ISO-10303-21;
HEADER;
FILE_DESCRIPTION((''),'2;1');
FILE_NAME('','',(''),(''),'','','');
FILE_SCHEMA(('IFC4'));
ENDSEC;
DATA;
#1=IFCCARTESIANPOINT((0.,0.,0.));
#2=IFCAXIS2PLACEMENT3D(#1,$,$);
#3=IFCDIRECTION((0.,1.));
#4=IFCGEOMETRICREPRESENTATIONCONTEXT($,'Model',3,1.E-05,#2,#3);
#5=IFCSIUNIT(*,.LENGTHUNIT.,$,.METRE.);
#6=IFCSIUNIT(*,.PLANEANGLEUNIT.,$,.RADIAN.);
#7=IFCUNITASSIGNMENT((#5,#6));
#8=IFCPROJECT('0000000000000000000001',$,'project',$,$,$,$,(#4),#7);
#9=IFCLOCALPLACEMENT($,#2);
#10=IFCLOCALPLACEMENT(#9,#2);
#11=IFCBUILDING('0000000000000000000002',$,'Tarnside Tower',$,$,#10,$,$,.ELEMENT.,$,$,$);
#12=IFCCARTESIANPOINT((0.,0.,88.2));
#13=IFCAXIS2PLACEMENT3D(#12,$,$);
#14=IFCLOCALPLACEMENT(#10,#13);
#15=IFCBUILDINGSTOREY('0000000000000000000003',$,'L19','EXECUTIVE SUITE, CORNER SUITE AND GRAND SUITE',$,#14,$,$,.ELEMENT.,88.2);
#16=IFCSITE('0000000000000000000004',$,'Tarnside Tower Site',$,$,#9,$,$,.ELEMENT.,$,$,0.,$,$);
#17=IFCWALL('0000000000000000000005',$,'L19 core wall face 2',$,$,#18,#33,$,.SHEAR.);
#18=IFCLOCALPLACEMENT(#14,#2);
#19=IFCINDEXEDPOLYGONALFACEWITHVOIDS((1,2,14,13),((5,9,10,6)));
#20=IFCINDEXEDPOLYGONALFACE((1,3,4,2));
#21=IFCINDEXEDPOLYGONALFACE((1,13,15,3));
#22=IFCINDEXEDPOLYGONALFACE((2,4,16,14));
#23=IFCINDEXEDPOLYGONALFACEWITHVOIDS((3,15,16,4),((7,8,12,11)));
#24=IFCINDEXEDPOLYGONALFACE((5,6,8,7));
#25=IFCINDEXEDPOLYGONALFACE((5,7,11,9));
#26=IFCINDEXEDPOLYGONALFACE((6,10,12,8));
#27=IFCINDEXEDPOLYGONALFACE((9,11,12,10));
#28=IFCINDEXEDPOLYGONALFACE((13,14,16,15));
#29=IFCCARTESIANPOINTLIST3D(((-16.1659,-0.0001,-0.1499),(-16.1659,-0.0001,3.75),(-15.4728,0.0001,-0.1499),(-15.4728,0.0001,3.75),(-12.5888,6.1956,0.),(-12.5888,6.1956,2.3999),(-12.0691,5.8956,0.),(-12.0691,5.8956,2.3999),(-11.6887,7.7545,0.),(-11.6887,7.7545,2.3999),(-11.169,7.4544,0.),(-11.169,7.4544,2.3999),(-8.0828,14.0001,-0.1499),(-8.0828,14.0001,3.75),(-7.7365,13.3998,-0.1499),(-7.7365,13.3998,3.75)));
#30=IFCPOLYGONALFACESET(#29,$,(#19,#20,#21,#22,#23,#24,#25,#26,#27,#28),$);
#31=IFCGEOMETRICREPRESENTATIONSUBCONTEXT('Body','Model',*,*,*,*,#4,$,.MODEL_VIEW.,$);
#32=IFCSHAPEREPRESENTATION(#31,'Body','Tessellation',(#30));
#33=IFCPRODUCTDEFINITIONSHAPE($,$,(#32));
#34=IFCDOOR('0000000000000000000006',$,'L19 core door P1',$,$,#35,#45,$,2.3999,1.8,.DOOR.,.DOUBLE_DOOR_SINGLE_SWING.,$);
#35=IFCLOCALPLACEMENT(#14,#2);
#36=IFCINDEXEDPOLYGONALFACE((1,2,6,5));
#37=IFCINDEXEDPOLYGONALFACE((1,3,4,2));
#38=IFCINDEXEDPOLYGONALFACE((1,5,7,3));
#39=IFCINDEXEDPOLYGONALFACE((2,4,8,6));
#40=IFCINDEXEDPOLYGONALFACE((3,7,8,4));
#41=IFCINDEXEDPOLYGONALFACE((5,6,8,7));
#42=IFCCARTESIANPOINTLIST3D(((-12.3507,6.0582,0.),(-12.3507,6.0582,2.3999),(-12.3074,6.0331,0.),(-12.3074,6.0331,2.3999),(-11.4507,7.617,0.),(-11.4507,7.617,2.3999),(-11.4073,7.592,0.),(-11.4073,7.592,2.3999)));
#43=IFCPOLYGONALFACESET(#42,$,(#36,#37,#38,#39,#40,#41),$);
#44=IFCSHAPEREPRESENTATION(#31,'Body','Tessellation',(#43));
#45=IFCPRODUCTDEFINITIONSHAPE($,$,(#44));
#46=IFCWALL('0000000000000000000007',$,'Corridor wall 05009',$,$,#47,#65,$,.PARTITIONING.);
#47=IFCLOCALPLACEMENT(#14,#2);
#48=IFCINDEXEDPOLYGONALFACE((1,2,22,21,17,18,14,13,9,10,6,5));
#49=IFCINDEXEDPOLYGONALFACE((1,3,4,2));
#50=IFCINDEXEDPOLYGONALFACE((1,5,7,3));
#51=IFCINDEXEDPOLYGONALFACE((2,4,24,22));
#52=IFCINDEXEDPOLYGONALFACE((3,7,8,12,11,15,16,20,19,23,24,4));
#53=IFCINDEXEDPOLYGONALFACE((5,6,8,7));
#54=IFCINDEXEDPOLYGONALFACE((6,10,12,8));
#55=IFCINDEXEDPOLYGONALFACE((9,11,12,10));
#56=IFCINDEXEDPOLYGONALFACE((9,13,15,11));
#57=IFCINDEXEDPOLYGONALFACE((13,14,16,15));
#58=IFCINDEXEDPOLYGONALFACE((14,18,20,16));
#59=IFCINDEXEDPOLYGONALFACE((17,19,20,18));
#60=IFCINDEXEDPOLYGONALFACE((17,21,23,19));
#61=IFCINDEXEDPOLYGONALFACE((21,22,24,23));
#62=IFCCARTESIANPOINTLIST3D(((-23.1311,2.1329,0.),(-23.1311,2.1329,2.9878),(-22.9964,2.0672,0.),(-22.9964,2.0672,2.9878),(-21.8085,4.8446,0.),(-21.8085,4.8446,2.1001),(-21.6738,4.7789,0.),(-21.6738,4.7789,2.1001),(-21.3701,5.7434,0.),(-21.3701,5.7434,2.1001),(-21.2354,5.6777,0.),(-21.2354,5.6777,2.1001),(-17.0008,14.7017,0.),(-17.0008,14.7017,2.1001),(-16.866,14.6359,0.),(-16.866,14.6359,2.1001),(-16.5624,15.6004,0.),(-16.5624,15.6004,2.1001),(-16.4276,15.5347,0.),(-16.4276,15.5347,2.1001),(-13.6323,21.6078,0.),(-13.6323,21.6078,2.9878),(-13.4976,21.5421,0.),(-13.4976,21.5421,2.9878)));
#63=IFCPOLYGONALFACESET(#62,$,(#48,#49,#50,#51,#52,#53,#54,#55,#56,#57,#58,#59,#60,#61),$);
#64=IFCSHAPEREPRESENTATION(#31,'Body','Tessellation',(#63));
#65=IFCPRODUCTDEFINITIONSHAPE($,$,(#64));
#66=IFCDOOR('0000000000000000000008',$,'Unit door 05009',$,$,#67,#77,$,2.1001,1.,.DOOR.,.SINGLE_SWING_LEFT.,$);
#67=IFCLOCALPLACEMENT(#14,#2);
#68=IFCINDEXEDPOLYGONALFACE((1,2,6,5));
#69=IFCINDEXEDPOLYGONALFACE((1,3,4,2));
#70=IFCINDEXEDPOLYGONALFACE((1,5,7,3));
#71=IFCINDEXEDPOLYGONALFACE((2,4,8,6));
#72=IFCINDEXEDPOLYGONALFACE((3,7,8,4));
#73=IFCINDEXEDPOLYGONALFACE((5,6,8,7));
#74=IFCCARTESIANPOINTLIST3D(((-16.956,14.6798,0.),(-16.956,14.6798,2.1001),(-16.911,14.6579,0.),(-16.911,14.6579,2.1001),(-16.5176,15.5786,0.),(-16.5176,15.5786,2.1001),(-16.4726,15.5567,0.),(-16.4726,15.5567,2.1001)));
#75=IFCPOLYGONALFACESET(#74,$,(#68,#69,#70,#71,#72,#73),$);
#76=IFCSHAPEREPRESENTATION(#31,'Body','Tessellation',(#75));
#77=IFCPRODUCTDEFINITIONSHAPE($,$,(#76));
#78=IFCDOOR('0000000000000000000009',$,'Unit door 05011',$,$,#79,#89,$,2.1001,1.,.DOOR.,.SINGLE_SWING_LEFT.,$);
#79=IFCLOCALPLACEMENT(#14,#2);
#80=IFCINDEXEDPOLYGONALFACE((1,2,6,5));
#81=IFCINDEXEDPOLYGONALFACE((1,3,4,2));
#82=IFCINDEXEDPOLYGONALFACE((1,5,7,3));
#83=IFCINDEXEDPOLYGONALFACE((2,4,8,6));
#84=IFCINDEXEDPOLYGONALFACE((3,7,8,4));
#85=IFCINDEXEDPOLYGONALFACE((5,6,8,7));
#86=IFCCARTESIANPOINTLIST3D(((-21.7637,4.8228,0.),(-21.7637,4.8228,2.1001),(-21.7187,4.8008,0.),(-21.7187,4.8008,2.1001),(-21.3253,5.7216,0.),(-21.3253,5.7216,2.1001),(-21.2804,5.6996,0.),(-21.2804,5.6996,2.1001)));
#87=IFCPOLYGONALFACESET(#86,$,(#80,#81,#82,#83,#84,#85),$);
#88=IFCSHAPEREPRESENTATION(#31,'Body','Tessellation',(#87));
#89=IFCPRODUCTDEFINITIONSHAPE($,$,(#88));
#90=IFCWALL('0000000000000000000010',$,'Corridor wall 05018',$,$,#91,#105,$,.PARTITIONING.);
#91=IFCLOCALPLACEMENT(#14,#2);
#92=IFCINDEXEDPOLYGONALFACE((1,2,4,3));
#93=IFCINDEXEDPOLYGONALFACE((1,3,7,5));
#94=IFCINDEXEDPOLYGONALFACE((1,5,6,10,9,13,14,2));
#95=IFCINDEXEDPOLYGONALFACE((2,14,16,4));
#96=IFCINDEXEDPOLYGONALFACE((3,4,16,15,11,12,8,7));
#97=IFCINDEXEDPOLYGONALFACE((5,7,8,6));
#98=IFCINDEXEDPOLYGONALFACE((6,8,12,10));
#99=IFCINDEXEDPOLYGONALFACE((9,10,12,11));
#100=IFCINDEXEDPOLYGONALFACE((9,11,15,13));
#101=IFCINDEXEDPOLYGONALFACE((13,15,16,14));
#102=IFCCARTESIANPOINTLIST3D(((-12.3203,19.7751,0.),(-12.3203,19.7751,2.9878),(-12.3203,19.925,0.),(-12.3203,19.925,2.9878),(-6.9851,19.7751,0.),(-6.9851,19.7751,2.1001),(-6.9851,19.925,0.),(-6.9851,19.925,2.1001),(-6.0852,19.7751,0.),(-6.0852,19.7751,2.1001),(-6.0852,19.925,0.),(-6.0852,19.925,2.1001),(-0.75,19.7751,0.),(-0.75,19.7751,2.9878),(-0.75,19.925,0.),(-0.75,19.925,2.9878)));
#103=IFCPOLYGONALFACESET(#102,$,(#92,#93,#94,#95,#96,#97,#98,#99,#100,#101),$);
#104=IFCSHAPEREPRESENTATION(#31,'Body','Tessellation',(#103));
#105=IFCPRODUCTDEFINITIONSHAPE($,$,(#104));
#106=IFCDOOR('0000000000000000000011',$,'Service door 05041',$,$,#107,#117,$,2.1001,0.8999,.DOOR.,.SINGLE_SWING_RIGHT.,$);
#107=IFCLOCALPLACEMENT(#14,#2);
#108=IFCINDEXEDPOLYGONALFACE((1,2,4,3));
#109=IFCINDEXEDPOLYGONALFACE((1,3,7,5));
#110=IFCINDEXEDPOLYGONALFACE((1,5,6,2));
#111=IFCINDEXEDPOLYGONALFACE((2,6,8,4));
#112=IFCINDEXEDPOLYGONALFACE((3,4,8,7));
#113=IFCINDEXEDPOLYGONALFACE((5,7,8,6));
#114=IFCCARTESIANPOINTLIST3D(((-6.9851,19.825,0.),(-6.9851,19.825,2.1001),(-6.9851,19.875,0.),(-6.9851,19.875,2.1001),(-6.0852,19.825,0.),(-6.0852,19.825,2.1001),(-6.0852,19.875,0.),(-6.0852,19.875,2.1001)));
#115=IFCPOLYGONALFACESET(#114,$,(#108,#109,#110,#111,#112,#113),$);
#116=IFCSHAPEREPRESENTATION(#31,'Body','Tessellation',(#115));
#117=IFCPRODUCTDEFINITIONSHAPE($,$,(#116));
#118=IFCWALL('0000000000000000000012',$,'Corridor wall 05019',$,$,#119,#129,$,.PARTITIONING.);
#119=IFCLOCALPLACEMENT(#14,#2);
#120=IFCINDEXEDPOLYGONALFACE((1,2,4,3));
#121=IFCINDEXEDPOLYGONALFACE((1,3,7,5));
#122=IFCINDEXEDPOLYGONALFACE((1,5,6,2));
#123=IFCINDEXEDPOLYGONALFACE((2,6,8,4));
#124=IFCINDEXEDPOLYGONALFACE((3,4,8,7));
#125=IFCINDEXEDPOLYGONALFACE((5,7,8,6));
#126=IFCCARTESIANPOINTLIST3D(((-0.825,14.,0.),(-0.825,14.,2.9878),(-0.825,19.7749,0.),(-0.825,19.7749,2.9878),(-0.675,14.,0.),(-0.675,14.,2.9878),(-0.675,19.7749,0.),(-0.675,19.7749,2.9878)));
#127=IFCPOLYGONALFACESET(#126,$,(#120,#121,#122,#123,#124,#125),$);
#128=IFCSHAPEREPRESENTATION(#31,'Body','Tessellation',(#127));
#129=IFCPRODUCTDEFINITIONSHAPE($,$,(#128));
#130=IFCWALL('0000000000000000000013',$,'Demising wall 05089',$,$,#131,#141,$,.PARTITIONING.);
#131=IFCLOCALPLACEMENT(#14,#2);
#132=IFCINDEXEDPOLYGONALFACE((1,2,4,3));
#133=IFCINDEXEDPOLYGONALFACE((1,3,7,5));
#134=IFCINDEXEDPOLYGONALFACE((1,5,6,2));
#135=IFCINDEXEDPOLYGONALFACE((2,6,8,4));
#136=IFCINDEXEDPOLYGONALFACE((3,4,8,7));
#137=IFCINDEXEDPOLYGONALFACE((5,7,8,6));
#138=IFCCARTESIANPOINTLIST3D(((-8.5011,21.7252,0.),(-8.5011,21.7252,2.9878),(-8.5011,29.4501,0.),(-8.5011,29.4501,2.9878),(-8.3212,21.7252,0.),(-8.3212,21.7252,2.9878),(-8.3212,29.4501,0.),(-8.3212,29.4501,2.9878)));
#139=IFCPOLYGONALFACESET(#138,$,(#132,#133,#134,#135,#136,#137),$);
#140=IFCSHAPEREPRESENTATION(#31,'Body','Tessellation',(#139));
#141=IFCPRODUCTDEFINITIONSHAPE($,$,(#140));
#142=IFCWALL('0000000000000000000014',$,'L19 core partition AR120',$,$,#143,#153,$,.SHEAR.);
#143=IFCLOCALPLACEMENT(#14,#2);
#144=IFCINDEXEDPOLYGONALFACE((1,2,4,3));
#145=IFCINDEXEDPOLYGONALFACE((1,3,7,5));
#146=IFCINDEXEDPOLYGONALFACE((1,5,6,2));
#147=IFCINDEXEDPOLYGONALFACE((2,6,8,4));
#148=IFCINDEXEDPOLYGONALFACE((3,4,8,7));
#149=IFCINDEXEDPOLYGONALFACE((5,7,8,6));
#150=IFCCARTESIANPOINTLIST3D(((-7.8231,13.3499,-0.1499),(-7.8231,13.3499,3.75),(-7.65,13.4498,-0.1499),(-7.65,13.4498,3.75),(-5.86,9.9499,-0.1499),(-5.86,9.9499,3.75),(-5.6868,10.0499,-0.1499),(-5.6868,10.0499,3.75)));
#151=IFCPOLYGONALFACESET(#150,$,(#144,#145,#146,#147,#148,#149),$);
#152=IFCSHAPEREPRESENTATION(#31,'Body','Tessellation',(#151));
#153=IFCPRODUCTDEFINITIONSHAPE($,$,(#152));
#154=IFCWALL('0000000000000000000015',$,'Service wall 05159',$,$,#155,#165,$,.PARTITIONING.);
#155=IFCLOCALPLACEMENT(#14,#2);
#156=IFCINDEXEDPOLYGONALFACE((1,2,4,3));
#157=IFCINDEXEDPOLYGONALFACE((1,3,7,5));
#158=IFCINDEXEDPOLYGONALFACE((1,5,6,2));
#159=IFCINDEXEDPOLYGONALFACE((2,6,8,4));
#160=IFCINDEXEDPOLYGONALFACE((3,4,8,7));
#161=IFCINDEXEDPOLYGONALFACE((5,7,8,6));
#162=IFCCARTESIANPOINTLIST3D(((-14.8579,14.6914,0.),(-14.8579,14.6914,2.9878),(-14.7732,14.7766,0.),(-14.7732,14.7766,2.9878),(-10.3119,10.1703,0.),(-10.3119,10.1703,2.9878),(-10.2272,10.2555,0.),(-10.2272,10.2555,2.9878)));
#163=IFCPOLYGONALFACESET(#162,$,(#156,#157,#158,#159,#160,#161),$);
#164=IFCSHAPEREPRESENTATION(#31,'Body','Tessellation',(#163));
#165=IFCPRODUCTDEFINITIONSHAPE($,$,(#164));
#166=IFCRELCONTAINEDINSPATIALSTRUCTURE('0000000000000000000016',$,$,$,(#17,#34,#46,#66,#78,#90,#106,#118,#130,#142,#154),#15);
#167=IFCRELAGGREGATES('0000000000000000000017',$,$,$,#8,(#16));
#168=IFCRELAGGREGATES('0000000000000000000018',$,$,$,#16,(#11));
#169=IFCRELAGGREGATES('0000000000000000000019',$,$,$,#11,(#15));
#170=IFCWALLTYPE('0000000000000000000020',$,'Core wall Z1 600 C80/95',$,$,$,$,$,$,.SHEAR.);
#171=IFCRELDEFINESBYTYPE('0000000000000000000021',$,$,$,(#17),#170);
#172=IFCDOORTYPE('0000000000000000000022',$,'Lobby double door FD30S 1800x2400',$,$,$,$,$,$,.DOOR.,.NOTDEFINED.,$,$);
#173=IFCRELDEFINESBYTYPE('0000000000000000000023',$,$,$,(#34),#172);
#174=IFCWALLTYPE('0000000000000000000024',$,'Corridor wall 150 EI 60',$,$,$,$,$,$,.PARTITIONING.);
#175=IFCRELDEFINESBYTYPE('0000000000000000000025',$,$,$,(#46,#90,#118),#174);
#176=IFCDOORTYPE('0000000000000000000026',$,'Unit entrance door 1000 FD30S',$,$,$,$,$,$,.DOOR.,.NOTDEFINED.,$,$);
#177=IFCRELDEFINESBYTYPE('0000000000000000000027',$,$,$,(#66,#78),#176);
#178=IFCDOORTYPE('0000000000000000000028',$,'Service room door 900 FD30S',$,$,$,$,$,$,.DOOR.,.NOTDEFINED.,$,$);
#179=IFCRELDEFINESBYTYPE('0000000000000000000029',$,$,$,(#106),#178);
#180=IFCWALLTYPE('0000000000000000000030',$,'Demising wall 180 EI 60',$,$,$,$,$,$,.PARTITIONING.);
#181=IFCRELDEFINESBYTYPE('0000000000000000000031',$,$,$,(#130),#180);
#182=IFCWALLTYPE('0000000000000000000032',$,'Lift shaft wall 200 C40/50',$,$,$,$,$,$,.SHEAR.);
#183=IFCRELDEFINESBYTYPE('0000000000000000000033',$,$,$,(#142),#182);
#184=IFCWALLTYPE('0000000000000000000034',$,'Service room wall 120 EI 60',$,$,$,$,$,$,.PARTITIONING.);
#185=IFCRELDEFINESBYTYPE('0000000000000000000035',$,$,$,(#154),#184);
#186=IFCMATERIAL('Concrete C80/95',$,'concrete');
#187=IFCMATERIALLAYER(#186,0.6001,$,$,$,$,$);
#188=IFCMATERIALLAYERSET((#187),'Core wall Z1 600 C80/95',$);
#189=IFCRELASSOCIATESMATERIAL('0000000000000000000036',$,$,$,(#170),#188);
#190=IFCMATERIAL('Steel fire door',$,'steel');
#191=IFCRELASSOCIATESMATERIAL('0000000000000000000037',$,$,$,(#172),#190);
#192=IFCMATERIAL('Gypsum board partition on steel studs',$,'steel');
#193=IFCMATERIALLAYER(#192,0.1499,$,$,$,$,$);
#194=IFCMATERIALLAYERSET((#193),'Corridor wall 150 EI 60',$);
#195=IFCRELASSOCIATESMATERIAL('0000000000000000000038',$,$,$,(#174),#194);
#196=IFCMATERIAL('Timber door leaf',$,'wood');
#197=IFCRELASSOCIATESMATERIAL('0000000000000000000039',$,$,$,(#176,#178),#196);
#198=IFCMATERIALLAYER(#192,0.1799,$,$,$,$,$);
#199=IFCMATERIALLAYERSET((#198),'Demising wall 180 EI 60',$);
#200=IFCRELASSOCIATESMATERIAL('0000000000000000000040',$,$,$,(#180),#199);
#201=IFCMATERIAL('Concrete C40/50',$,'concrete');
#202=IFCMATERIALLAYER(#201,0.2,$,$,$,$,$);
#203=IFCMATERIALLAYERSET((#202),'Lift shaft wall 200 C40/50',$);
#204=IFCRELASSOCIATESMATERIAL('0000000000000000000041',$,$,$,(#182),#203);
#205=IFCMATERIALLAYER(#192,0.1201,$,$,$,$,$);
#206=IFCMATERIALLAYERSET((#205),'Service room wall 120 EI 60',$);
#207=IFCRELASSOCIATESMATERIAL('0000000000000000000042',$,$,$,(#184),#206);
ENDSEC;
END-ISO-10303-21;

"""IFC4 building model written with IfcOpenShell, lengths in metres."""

from ifc_helpers import new_model, si_unit, direction, frame, frame_2d, origin, place, context, subcontext, project, spatial, polyline, rectangle, outline, extrude, material, layer, layer_set, type_object, element, fill, save


model = new_model("IFC4")

# Units and contexts
model_context = context("Model", 3, precision=1e-05, world=origin(), true_north=direction((0.0, 1.0)))
body_context = subcontext(model_context, "Body", "Model", "MODEL_VIEW")
ifc_project = project(units=[si_unit("LENGTHUNIT", "METRE"), si_unit("PLANEANGLEUNIT", "RADIAN")], contexts=[model_context])

# Site, building, storey
site_placement = place(None, origin())
site = spatial("IfcSite", under=ifc_project, at=site_placement, Name="Tarnside Tower Site", CompositionType="ELEMENT", RefElevation=0.0)
building_placement = place(site_placement, origin())
building = spatial("IfcBuilding", under=site, at=building_placement, Name="Tarnside Tower", CompositionType="ELEMENT")
storey_placement = place(building_placement, frame((0.0, 0.0, 88.2)))
storey = spatial("IfcBuildingStorey", under=building, at=storey_placement, Name="L19", Description="EXECUTIVE SUITE, CORNER SUITE AND GRAND SUITE", CompositionType="ELEMENT", Elevation=88.2)

# Shared definitions
ifc_material_1 = material(Name="Gypsum board partition on steel studs", Category="steel")
ifc_material_2 = material(Name="Timber door leaf", Category="wood")

# Wall, opening, door
ifc_material_3 = material(Name="Concrete C80/95", Category="concrete")
ifc_layer_1 = layer(ifc_material_3, 0.6001)
ifc_layer_set_1 = layer_set([ifc_layer_1], Name="Core wall Z1 600 C80/95")
wall_type_1 = type_object("IfcWallType", Name="Core wall Z1 600 C80/95", PredefinedType="SHEAR", material=ifc_layer_set_1)
wall_1_placement = place(storey_placement, frame((-7.9097, 13.7, -0.1499), z_axis=(0.0, 0.0, 1.0), x_axis=(-0.5, -0.866025, 0.0)))
wall_1 = element("IfcWall", 1, at=wall_1_placement, inside=storey, type_object=wall_type_1, Name="L19 core wall face 2", PredefinedType="SHEAR", context=body_context, shape_type="SweptSolid", body=[
    extrude(outline(polyline([(-0.1733, -0.3), (15.9927, -0.3), (15.646, 0.3), (0.1733, 0.3), (-0.1733, -0.3)])), origin(), (0.0, 0.0, 1.0), 3.8999),
])
opening_1_placement = place(wall_1_placement, frame((7.0386, 0.0, 0.1499)))
opening_1 = element("IfcOpeningElement", 2, at=opening_1_placement, cuts=wall_1, PredefinedType="OPENING", context=body_context, shape_type="SweptSolid", body=[
    extrude(rectangle(XDim=1.8, YDim=2.3999, at=frame_2d((0.8999, 1.2))), frame((0.0, 0.3101, 0.0), z_axis=(0.0, -1.0, 0.0), x_axis=(1.0, 0.0, 0.0)), (0.0, 0.0, 1.0), 0.6201),
])
ifc_material_4 = material(Name="Steel fire door", Category="steel")
door_type_1 = type_object("IfcDoorType", Name="Lobby double door FD30S 1800x2400", OperationType="NOTDEFINED", PredefinedType="DOOR", material=ifc_material_4)
door_1_placement = place(opening_1_placement, origin())
door_1 = element("IfcDoor", 3, at=door_1_placement, inside=storey, type_object=door_type_1, Name="L19 core door P1", OperationType="DOUBLE_DOOR_SINGLE_SWING", OverallHeight=2.3999, OverallWidth=1.8, PredefinedType="DOOR", context=body_context, shape_type="SweptSolid", body=[
    extrude(rectangle(XDim=1.8, YDim=2.3999, at=frame_2d((0.8999, 1.2))), frame((0.0, 0.0249, 0.0), z_axis=(0.0, -1.0, 0.0), x_axis=(1.0, 0.0, 0.0)), (0.0, 0.0, 1.0), 0.05),
])
fill(opening_1, door_1)

# Wall, openings, doors
ifc_layer_2 = layer(ifc_material_1, 0.1499)
ifc_layer_set_2 = layer_set([ifc_layer_2], Name="Corridor wall 150 EI 60")
wall_type_2 = type_object("IfcWallType", Name="Corridor wall 150 EI 60", PredefinedType="PARTITIONING", material=ifc_layer_set_2)
wall_2_placement = place(storey_placement, frame((-13.5649, 21.575, 0.0), z_axis=(0.0, 0.0, 1.0), x_axis=(-0.438381, -0.898789, 0.0)))
wall_2 = element("IfcWall", 4, at=wall_2_placement, inside=storey, type_object=wall_type_2, Name="Corridor wall 05009", PredefinedType="PARTITIONING", context=body_context, shape_type="SweptSolid", body=[
    extrude(rectangle(XDim=21.668, YDim=0.1499, at=frame_2d((10.834, 0.0))), origin(), (0.0, 0.0, 1.0), 2.9878),
])
opening_2_placement = place(wall_2_placement, frame((6.6838, 0.0, 0.0)))
opening_2 = element("IfcOpeningElement", 5, at=opening_2_placement, cuts=wall_2, PredefinedType="OPENING", context=body_context, shape_type="SweptSolid", body=[
    extrude(rectangle(XDim=1.0, YDim=2.1001, at=frame_2d((0.5, 1.05))), frame((0.0, 0.085, 0.0), z_axis=(0.0, -1.0, 0.0), x_axis=(1.0, 0.0, 0.0)), (0.0, 0.0, 1.0), 0.1699),
])
opening_3_placement = place(wall_2_placement, frame((17.6509, 0.0, 0.0)))
opening_3 = element("IfcOpeningElement", 6, at=opening_3_placement, cuts=wall_2, PredefinedType="OPENING", context=body_context, shape_type="SweptSolid", body=[
    extrude(rectangle(XDim=1.0, YDim=2.1001, at=frame_2d((0.5, 1.05))), frame((0.0, 0.085, 0.0), z_axis=(0.0, -1.0, 0.0), x_axis=(1.0, 0.0, 0.0)), (0.0, 0.0, 1.0), 0.1699),
])
door_type_2 = type_object("IfcDoorType", Name="Unit entrance door 1000 FD30S", OperationType="NOTDEFINED", PredefinedType="DOOR", material=ifc_material_2)
door_2_placement = place(opening_2_placement, origin())
door_2 = element("IfcDoor", 7, at=door_2_placement, inside=storey, type_object=door_type_2, Name="Unit door 05009", OperationType="SINGLE_SWING_LEFT", OverallHeight=2.1001, OverallWidth=1.0, PredefinedType="DOOR", context=body_context, shape_type="SweptSolid", body=[
    extrude(rectangle(XDim=1.0, YDim=2.1001, at=frame_2d((0.5, 1.05))), frame((0.0, 0.0249, 0.0), z_axis=(0.0, -1.0, 0.0), x_axis=(1.0, 0.0, 0.0)), (0.0, 0.0, 1.0), 0.05),
])
fill(opening_2, door_2)
door_3_placement = place(opening_3_placement, origin())
door_3 = element("IfcDoor", 8, at=door_3_placement, inside=storey, type_object=door_type_2, Name="Unit door 05011", OperationType="SINGLE_SWING_LEFT", OverallHeight=2.1001, OverallWidth=1.0, PredefinedType="DOOR", context=body_context, shape_type="SweptSolid", body=[
    extrude(rectangle(XDim=1.0, YDim=2.1001, at=frame_2d((0.5, 1.05))), frame((0.0, 0.0249, 0.0), z_axis=(0.0, -1.0, 0.0), x_axis=(1.0, 0.0, 0.0)), (0.0, 0.0, 1.0), 0.05),
])
fill(opening_3, door_3)

# Wall, opening, door
wall_3_placement = place(storey_placement, frame((-12.3203, 19.8501, 0.0), z_axis=(0.0, 0.0, 1.0), x_axis=(1.0, 0.0, 0.0)))
wall_3 = element("IfcWall", 9, at=wall_3_placement, inside=storey, type_object=wall_type_2, Name="Corridor wall 05018", PredefinedType="PARTITIONING", context=body_context, shape_type="SweptSolid", body=[
    extrude(rectangle(XDim=11.5703, YDim=0.1499, at=frame_2d((5.7852, 0.0))), origin(), (0.0, 0.0, 1.0), 2.9878),
])
opening_4_placement = place(wall_3_placement, frame((5.3352, 0.0, 0.0)))
opening_4 = element("IfcOpeningElement", 10, at=opening_4_placement, cuts=wall_3, PredefinedType="OPENING", context=body_context, shape_type="SweptSolid", body=[
    extrude(rectangle(XDim=0.8999, YDim=2.1001, at=frame_2d((0.45, 1.05))), frame((0.0, 0.085, 0.0), z_axis=(0.0, -1.0, 0.0), x_axis=(1.0, 0.0, 0.0)), (0.0, 0.0, 1.0), 0.1699),
])
door_type_3 = type_object("IfcDoorType", Name="Service room door 900 FD30S", OperationType="NOTDEFINED", PredefinedType="DOOR", material=ifc_material_2)
door_4_placement = place(opening_4_placement, origin())
door_4 = element("IfcDoor", 11, at=door_4_placement, inside=storey, type_object=door_type_3, Name="Service door 05041", OperationType="SINGLE_SWING_RIGHT", OverallHeight=2.1001, OverallWidth=0.8999, PredefinedType="DOOR", context=body_context, shape_type="SweptSolid", body=[
    extrude(rectangle(XDim=0.8999, YDim=2.1001, at=frame_2d((0.45, 1.05))), frame((0.0, 0.0249, 0.0), z_axis=(0.0, -1.0, 0.0), x_axis=(1.0, 0.0, 0.0)), (0.0, 0.0, 1.0), 0.05),
])
fill(opening_4, door_4)

# Walls
wall_4_placement = place(storey_placement, frame((-0.75, 19.7749, 0.0), z_axis=(0.0, 0.0, 1.0), x_axis=(0.0, -1.0, 0.0)))
element("IfcWall", 12, at=wall_4_placement, inside=storey, type_object=wall_type_2, Name="Corridor wall 05019", PredefinedType="PARTITIONING", context=body_context, shape_type="SweptSolid", body=[
    extrude(rectangle(XDim=5.7749, YDim=0.1499, at=frame_2d((2.8875, 0.0))), origin(), (0.0, 0.0, 1.0), 2.9878),
])
ifc_layer_3 = layer(ifc_material_1, 0.1799)
ifc_layer_set_3 = layer_set([ifc_layer_3], Name="Demising wall 180 EI 60")
wall_type_3 = type_object("IfcWallType", Name="Demising wall 180 EI 60", PredefinedType="PARTITIONING", material=ifc_layer_set_3)
wall_5_placement = place(storey_placement, frame((-8.4111, 29.45, 0.0), z_axis=(0.0, 0.0, 1.0), x_axis=(0.0, -1.0, 0.0)))
element("IfcWall", 13, at=wall_5_placement, inside=storey, type_object=wall_type_3, Name="Demising wall 05089", PredefinedType="PARTITIONING", context=body_context, shape_type="SweptSolid", body=[
    extrude(rectangle(XDim=7.7249, YDim=0.1799, at=frame_2d((3.8623, 0.0))), origin(), (0.0, 0.0, 1.0), 2.9878),
])
ifc_material_5 = material(Name="Concrete C40/50", Category="concrete")
ifc_layer_4 = layer(ifc_material_5, 0.2)
ifc_layer_set_4 = layer_set([ifc_layer_4], Name="Lift shaft wall 200 C40/50")
wall_type_4 = type_object("IfcWallType", Name="Lift shaft wall 200 C40/50", PredefinedType="SHEAR", material=ifc_layer_set_4)
wall_6_placement = place(storey_placement, frame((-5.7734, 10.0, -0.1499), z_axis=(0.0, 0.0, 1.0), x_axis=(-0.500038, 0.866003, 0.0)))
element("IfcWall", 14, at=wall_6_placement, inside=storey, type_object=wall_type_4, Name="L19 core partition AR120", PredefinedType="SHEAR", context=body_context, shape_type="SweptSolid", body=[
    extrude(rectangle(XDim=3.926, YDim=0.2, at=frame_2d((1.9629, 0.0))), origin(), (0.0, 0.0, 1.0), 3.8999),
])
ifc_layer_5 = layer(ifc_material_1, 0.1201)
ifc_layer_set_5 = layer_set([ifc_layer_5], Name="Service room wall 120 EI 60")
wall_type_5 = type_object("IfcWallType", Name="Service room wall 120 EI 60", PredefinedType="PARTITIONING", material=ifc_layer_set_5)
wall_7_placement = place(storey_placement, frame((-14.8154, 14.7339, 0.0), z_axis=(0.0, 0.0, 1.0), x_axis=(0.709046, -0.705162, 0.0)))
element("IfcWall", 15, at=wall_7_placement, inside=storey, type_object=wall_type_5, Name="Service wall 05159", PredefinedType="PARTITIONING", context=body_context, shape_type="SweptSolid", body=[
    extrude(rectangle(XDim=6.4114, YDim=0.1201, at=frame_2d((3.2056, 0.0))), origin(), (0.0, 0.0, 1.0), 2.9878),
])

save(model, "model.ifc")
